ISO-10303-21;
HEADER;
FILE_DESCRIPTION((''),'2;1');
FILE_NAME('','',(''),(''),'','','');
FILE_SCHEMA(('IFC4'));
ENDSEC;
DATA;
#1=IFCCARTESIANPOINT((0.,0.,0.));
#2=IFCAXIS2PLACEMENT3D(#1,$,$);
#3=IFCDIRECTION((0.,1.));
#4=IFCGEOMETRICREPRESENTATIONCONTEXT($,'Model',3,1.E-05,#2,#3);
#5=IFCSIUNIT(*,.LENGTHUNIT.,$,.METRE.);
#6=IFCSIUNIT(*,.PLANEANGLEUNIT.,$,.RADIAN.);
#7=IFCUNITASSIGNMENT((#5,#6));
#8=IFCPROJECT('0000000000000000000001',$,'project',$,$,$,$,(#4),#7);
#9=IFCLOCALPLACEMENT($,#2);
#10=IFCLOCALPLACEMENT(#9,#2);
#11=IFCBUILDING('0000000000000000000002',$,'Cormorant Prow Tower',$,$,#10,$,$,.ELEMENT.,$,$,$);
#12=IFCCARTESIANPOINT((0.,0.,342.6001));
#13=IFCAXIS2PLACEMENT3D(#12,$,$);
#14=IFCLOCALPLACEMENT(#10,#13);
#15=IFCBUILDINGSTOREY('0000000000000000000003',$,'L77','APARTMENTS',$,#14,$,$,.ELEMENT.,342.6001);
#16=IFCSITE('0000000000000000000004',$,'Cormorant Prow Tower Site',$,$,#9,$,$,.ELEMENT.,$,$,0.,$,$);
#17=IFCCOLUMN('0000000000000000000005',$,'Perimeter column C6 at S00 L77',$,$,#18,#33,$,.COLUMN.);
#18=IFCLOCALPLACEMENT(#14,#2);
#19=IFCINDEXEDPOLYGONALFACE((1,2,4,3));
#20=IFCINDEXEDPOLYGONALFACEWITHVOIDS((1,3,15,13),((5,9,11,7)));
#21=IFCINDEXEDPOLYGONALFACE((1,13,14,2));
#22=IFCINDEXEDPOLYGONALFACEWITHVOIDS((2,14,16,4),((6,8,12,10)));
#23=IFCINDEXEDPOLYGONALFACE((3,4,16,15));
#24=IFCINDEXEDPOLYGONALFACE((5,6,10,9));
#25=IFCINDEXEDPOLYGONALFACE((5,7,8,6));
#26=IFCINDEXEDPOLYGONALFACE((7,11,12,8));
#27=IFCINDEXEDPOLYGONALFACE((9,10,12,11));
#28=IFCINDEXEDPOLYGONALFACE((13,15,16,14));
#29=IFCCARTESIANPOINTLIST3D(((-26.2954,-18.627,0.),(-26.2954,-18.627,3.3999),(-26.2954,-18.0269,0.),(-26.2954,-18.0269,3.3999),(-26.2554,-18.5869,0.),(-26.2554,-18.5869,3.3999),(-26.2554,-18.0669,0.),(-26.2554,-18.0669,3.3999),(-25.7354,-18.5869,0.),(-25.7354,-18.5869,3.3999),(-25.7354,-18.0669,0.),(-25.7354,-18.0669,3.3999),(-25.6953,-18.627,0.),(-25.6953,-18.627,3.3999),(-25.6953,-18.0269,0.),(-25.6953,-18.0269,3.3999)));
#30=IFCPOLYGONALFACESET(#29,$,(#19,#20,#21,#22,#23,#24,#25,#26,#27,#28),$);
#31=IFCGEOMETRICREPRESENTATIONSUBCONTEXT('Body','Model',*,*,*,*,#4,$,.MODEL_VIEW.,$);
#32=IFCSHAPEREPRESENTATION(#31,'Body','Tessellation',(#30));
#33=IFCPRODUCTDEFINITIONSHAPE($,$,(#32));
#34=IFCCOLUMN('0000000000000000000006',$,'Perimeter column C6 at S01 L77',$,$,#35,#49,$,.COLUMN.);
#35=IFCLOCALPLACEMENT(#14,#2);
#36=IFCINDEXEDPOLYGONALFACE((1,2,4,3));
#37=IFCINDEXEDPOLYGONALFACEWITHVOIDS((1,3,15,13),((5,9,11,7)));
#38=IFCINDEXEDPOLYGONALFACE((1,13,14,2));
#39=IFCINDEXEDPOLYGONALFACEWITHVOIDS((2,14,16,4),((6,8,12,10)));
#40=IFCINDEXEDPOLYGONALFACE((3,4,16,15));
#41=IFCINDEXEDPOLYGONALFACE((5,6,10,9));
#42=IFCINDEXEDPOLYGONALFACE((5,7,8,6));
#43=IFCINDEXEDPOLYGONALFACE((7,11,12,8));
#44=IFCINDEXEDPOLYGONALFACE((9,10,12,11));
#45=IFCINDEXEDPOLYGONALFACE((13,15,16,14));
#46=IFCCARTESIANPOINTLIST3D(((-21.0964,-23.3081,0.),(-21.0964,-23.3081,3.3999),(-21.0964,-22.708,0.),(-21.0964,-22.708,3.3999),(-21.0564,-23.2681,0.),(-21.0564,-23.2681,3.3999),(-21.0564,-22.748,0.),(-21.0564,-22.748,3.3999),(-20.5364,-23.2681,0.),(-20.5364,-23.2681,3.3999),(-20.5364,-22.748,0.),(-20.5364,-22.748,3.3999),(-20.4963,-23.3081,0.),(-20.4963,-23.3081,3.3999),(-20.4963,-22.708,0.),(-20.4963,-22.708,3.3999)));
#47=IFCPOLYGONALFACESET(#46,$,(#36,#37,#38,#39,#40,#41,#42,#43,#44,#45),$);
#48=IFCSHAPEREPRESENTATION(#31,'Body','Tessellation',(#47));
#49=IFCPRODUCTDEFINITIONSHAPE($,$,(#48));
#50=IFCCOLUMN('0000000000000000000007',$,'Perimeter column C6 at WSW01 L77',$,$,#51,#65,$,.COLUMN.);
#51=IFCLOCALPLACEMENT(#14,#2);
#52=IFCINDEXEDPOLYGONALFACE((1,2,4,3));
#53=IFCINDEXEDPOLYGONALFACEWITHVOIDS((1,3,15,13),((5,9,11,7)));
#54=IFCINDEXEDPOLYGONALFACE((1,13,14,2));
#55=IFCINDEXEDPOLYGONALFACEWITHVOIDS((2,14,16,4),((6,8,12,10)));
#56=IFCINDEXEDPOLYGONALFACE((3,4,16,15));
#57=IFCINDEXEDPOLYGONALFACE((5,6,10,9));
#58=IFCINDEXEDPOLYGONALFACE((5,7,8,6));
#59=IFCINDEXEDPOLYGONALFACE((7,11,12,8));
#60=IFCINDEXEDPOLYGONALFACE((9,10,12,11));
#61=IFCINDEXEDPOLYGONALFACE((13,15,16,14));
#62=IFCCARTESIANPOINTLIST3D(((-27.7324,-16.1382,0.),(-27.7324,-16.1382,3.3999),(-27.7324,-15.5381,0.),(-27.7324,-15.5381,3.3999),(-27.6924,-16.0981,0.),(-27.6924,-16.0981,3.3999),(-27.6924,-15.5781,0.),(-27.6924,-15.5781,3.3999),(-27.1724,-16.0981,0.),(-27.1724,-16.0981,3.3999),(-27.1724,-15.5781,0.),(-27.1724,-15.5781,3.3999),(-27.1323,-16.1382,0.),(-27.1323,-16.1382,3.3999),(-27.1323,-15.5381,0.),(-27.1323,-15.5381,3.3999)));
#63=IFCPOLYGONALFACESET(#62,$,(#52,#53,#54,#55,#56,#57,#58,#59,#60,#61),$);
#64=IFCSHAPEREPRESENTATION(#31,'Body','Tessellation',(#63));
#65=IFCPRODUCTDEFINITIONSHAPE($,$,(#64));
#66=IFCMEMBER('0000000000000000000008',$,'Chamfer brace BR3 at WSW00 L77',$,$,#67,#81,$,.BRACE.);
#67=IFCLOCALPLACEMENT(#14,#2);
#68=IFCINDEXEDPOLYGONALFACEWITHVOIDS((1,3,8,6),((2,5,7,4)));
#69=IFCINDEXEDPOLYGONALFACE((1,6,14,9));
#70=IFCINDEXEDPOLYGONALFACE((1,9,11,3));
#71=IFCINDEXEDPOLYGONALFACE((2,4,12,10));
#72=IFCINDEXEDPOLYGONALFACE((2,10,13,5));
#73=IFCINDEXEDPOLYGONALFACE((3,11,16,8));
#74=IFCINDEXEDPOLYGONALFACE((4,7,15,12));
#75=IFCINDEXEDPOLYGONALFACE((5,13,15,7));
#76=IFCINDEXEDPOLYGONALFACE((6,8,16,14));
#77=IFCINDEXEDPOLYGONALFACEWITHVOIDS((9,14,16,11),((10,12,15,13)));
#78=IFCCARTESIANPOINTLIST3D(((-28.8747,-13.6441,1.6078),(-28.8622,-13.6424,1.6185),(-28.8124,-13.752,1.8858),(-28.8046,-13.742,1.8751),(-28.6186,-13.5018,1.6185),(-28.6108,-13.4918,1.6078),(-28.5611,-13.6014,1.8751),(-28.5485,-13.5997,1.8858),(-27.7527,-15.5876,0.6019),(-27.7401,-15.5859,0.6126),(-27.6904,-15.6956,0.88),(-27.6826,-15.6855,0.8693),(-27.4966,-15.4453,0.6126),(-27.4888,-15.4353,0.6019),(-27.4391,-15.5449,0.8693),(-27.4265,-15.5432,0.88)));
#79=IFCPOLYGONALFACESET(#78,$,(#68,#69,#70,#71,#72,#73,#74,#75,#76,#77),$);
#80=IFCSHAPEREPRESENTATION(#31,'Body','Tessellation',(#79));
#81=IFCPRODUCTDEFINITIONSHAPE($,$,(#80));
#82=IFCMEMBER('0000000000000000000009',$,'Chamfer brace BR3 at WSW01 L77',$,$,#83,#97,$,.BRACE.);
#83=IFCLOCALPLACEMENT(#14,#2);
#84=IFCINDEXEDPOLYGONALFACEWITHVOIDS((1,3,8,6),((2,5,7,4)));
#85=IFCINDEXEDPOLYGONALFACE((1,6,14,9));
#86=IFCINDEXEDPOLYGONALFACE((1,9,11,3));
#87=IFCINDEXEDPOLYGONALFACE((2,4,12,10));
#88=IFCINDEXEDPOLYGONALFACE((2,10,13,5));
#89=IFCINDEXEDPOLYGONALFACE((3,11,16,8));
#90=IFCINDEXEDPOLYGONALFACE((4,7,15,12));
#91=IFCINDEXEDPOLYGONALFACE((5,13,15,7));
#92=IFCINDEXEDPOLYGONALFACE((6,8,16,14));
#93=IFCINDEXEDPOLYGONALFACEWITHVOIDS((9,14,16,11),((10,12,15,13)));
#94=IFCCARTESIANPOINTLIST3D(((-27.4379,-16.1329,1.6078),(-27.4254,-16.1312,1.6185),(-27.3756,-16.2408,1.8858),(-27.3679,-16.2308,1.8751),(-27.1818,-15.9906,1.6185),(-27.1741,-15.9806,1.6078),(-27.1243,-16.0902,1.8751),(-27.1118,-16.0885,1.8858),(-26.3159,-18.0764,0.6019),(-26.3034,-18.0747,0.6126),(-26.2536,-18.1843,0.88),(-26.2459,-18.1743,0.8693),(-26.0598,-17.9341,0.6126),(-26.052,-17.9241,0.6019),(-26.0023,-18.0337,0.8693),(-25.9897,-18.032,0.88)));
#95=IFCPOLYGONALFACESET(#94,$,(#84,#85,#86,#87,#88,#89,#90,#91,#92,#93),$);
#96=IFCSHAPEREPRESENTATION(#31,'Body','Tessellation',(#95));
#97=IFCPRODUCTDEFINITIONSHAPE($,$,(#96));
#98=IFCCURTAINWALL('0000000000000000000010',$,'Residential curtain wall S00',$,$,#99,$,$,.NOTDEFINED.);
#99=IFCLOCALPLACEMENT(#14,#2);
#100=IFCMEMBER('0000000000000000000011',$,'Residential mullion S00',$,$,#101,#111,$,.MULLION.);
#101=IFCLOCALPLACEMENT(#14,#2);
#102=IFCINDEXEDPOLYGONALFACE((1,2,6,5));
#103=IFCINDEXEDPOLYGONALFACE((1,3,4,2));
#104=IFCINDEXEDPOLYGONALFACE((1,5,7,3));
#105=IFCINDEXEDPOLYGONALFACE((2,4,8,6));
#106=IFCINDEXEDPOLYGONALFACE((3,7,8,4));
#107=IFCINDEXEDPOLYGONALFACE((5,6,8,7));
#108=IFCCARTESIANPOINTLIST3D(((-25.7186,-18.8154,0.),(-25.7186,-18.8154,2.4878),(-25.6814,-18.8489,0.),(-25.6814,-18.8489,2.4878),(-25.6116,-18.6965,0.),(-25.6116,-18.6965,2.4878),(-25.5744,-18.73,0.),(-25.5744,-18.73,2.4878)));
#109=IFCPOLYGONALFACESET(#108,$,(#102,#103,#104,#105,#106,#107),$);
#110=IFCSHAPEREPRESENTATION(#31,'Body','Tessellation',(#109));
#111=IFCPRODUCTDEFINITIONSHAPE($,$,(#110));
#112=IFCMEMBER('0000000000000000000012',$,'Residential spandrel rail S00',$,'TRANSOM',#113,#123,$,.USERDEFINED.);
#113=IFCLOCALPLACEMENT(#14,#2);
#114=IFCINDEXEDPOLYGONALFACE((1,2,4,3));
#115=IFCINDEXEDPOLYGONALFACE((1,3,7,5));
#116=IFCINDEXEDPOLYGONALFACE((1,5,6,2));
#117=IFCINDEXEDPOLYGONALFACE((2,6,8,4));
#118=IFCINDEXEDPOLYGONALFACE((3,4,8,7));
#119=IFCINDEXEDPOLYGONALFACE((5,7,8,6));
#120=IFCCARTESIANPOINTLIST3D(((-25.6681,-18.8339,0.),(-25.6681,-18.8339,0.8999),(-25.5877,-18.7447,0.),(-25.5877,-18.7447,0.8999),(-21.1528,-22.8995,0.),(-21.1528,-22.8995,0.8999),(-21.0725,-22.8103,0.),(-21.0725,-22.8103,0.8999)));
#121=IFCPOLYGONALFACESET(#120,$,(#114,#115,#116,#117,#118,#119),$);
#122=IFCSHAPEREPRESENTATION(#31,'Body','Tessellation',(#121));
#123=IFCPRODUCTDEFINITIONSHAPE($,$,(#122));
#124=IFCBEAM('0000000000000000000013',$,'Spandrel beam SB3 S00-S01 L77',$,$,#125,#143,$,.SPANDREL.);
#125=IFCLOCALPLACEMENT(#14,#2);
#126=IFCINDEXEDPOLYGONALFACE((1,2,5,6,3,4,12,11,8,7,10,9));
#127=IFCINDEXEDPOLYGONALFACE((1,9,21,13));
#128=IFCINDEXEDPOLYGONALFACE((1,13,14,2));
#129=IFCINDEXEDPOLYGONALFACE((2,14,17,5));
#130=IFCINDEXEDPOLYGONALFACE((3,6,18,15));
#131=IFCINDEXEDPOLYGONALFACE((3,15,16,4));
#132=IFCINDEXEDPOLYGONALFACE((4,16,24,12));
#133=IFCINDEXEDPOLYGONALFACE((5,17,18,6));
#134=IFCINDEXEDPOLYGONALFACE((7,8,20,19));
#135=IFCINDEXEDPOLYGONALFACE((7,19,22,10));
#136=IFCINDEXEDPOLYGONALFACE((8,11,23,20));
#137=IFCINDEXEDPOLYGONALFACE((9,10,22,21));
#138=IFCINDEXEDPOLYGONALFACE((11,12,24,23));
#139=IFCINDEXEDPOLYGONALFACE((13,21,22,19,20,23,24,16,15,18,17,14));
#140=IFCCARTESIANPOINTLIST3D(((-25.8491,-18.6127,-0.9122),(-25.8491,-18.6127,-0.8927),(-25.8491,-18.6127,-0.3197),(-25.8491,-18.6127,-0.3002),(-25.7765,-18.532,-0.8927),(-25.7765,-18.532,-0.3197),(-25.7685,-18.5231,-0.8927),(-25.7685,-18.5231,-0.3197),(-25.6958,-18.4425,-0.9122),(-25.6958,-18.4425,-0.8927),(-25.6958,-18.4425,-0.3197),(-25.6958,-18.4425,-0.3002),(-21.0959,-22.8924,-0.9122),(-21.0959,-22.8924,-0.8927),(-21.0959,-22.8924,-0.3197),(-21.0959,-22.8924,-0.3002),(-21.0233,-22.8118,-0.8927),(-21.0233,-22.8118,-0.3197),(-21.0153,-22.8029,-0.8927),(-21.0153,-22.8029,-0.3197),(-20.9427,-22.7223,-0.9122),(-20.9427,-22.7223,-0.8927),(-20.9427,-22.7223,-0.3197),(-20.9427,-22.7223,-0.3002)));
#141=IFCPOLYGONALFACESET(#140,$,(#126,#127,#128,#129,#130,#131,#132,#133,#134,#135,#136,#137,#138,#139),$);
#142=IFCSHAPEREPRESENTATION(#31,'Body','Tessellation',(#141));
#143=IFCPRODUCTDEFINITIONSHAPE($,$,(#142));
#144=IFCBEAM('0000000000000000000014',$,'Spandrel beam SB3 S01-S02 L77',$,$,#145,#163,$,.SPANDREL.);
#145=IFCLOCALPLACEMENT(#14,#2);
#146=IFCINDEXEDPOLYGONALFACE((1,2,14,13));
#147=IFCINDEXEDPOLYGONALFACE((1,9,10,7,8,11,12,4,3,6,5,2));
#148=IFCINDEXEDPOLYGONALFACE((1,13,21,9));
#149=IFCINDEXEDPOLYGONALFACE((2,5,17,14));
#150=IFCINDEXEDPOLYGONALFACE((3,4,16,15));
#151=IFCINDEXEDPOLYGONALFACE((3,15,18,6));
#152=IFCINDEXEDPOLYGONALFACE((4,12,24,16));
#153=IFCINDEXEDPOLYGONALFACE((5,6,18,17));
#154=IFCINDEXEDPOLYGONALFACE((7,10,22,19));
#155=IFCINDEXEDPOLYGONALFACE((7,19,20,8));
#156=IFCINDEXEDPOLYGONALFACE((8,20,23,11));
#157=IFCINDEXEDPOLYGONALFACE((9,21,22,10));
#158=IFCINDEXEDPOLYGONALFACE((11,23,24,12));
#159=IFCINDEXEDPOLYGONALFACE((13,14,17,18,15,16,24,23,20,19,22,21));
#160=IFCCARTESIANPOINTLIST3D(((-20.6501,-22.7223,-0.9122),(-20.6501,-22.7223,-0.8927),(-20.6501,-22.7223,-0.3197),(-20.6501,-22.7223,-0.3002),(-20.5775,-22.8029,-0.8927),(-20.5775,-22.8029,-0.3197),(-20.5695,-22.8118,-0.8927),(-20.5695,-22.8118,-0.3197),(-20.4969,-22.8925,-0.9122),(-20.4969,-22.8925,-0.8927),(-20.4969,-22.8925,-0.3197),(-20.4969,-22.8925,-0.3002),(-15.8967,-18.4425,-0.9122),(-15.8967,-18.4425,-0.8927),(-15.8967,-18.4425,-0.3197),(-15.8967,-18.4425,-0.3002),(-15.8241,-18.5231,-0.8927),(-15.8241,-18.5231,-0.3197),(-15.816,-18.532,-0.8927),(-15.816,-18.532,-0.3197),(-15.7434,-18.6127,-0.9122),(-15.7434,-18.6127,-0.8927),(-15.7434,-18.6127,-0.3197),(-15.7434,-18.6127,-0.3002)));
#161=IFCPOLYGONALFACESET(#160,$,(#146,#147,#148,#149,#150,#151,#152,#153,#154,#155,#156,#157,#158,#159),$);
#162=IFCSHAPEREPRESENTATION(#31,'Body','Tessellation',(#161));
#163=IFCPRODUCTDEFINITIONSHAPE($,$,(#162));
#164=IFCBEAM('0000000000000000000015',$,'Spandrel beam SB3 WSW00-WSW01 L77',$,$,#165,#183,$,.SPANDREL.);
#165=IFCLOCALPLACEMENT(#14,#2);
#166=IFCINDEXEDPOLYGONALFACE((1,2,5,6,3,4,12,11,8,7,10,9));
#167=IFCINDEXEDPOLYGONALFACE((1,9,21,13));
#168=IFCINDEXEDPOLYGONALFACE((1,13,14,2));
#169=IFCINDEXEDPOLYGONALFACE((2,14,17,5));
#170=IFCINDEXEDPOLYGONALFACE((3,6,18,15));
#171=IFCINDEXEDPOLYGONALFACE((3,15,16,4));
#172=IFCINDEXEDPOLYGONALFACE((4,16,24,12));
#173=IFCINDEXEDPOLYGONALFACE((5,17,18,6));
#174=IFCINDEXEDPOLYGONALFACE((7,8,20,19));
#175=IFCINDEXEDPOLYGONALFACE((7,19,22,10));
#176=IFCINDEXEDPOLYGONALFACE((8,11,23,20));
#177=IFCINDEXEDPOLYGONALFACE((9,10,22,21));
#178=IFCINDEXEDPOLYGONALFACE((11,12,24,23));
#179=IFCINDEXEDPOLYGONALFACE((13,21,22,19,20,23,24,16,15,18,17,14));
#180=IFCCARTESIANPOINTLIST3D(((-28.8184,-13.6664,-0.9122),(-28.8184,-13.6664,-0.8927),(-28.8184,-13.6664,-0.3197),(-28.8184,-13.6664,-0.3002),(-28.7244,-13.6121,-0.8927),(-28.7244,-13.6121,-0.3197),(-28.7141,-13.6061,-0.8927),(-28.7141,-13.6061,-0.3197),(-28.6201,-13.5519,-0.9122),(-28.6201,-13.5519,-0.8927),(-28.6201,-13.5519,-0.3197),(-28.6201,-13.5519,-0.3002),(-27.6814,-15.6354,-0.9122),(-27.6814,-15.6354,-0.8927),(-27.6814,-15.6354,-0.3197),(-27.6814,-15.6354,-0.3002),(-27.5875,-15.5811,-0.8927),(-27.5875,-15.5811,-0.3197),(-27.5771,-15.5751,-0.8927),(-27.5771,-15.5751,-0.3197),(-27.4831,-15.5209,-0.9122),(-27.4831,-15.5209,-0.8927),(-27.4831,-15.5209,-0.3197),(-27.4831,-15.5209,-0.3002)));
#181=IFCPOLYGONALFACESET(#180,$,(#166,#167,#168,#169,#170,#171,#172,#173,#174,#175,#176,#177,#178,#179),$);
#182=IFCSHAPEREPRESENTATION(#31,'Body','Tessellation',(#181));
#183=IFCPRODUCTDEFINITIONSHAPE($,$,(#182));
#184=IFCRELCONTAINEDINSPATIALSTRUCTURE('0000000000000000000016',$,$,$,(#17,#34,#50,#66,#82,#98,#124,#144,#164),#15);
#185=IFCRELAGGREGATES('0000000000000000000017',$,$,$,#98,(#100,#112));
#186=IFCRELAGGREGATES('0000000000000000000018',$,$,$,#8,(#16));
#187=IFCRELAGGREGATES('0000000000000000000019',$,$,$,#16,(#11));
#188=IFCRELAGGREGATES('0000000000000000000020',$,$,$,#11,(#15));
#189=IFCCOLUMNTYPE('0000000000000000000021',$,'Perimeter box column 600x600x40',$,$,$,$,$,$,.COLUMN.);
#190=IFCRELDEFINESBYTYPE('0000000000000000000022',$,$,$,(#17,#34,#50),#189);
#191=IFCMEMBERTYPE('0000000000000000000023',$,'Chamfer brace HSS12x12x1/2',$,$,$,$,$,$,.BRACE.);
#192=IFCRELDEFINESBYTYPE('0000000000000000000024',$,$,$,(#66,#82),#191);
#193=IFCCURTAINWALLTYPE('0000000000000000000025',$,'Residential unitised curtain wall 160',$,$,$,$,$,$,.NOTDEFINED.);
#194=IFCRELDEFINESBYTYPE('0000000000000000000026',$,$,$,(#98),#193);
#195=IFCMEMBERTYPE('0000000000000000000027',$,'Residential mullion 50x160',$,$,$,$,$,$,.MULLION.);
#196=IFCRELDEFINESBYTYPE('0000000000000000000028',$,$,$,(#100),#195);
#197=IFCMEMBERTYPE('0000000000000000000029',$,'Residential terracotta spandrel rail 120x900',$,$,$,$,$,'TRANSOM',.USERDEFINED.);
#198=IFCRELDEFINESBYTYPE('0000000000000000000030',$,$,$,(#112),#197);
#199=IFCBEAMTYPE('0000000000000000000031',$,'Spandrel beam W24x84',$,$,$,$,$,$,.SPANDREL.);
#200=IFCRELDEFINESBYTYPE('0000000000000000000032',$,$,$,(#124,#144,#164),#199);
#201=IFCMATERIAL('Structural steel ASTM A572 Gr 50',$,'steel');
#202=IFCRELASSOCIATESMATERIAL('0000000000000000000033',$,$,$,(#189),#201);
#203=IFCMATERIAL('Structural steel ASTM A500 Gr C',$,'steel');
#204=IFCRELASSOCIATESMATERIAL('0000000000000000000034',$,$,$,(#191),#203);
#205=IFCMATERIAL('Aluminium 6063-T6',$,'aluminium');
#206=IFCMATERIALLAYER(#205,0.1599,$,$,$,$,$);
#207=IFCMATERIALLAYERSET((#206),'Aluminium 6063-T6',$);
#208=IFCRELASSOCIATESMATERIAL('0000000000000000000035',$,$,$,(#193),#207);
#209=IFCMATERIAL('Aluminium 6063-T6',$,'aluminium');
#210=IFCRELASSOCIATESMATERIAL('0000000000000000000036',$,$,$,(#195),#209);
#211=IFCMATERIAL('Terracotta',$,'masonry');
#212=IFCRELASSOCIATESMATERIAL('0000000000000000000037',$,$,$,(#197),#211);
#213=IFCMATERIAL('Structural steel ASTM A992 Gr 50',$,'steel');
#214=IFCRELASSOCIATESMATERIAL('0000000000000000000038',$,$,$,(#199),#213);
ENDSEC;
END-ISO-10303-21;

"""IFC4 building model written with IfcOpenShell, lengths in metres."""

from ifc_helpers import new_model, si_unit, direction, frame, origin, origin_2d, place, context, subcontext, project, spatial, rectangle, hollow_rectangle, i_section, extrude, material, layer, layer_set, material_profile, profile_set, type_object, element, aggregate, save


model = new_model("IFC4")

# Units and contexts
model_context = context("Model", 3, precision=1e-05, world=origin(), true_north=direction((0.0, 1.0)))
body_context = subcontext(model_context, "Body", "Model", "MODEL_VIEW")
ifc_project = project(units=[si_unit("LENGTHUNIT", "METRE"), si_unit("PLANEANGLEUNIT", "RADIAN")], contexts=[model_context])

# Site, building, storey
site_placement = place(None, origin())
site = spatial("IfcSite", under=ifc_project, at=site_placement, Name="Cormorant Prow Tower Site", CompositionType="ELEMENT", RefElevation=0.0)
building_placement = place(site_placement, origin())
building = spatial("IfcBuilding", under=site, at=building_placement, Name="Cormorant Prow Tower", CompositionType="ELEMENT")
storey_placement = place(building_placement, frame((0.0, 0.0, 342.6001)))
storey = spatial("IfcBuildingStorey", under=building, at=storey_placement, Name="L77", Description="APARTMENTS", CompositionType="ELEMENT", Elevation=342.6001)

# Columns
ifc_material_1 = material(Name="Structural steel ASTM A572 Gr 50", Category="steel")
ifc_material_profile_1 = material_profile(ifc_material_1, hollow_rectangle(XDim=0.6001, YDim=0.6001, WallThickness=0.04, at=origin_2d()), Name="Box 600x600x40")
ifc_profile_set_1 = profile_set([ifc_material_profile_1], Name="Structural steel ASTM A572 Gr 50")
column_type = type_object("IfcColumnType", Name="Perimeter box column 600x600x40", PredefinedType="COLUMN", material=ifc_profile_set_1)
for number, where, z_axis, x_axis, name in (
    (1, (-25.9954, -18.3269, 0.0), (0.0, 0.0, 1.0), (1.0, 0.0, 0.0), "Perimeter column C6 at S00 L77"),
    (2, (-20.7964, -23.0081, 0.0), (0.0, 0.0, 1.0), (1.0, 0.0, 0.0), "Perimeter column C6 at S01 L77"),
    (3, (-27.4324, -15.8381, 0.0), (0.0, 0.0, 1.0), (1.0, 0.0, 0.0), "Perimeter column C6 at WSW01 L77"),
):
    element("IfcColumn", number, at=place(storey_placement, frame(where, z_axis=z_axis, x_axis=x_axis)), inside=storey, type_object=column_type, Name=name, PredefinedType="COLUMN", context=body_context, shape_type="SweptSolid", body=[
        extrude(hollow_rectangle(XDim=0.6001, YDim=0.6001, WallThickness=0.04, at=origin_2d()), origin(), (0.0, 0.0, 1.0), 3.3999),
    ])

# Members
ifc_material_2 = material(Name="Structural steel ASTM A500 Gr C", Category="steel")
ifc_material_profile_2 = material_profile(ifc_material_2, hollow_rectangle(XDim=0.3047, YDim=0.3047, WallThickness=0.0117, at=origin_2d()), Name="HSS12x12x1/2")
ifc_profile_set_2 = profile_set([ifc_material_profile_2], Name="Structural steel ASTM A500 Gr C")
member_type_1 = type_object("IfcMemberType", Name="Chamfer brace HSS12x12x1/2", PredefinedType="BRACE", material=ifc_profile_set_2)
for number, where, z_axis, x_axis, name in (
    (4, (-27.5896, -15.5654, 0.741), (-0.456247, 0.790292, 0.408994), (-0.866039, -0.499977, 0.0), "Chamfer brace BR3 at WSW00 L77"),
    (5, (-26.1528, -18.0542, 0.741), (-0.456247, 0.790292, 0.408994), (-0.866039, -0.499977, 0.0), "Chamfer brace BR3 at WSW01 L77"),
):
    element("IfcMember", number, at=place(storey_placement, frame(where, z_axis=z_axis, x_axis=x_axis)), inside=storey, type_object=member_type_1, Name=name, PredefinedType="BRACE", context=body_context, shape_type="SweptSolid", body=[
        extrude(hollow_rectangle(XDim=0.3047, YDim=0.3047, WallThickness=0.0117, at=origin_2d()), origin(), (0.0, 0.0, 1.0), 2.4592),
    ])

# Curtain wall, members
ifc_material_3 = material(Name="Aluminium 6063-T6", Category="aluminium")
ifc_layer_1 = layer(ifc_material_3, 0.1599)
ifc_layer_set_1 = layer_set([ifc_layer_1], Name="Aluminium 6063-T6")
curtain_wall_type = type_object("IfcCurtainWallType", Name="Residential unitised curtain wall 160", PredefinedType="NOTDEFINED", material=ifc_layer_set_1)
curtain_wall_placement = place(storey_placement, origin())
curtain_wall = element("IfcCurtainWall", 6, at=curtain_wall_placement, inside=storey, type_object=curtain_wall_type, Name="Residential curtain wall S00", PredefinedType="NOTDEFINED")
ifc_material_4 = material(Name="Aluminium 6063-T6", Category="aluminium")
ifc_material_profile_3 = material_profile(ifc_material_4, rectangle(XDim=0.1599, YDim=0.05, at=origin_2d()), Name="Residential mullion 50x160")
ifc_profile_set_3 = profile_set([ifc_material_profile_3], Name="Aluminium 6063-T6")
member_type_2 = type_object("IfcMemberType", Name="Residential mullion 50x160", PredefinedType="MULLION", material=ifc_profile_set_3)
member_1_placement = place(storey_placement, frame((-25.6465, -18.7727, 0.0), z_axis=(0.0, 0.0, 1.0), x_axis=(0.669131, 0.743145, 0.0)))
member_1 = element("IfcMember", 7, at=member_1_placement, type_object=member_type_2, Name="Residential mullion S00", PredefinedType="MULLION", context=body_context, shape_type="SweptSolid", body=[
    extrude(rectangle(XDim=0.1599, YDim=0.05, at=origin_2d()), origin(), (0.0, 0.0, 1.0), 2.4878),
])
ifc_material_5 = material(Name="Terracotta", Category="masonry")
ifc_material_profile_4 = material_profile(ifc_material_5, rectangle(XDim=0.1201, YDim=0.8999, at=origin_2d()), Name="Residential terracotta spandrel rail 120x900")
ifc_profile_set_4 = profile_set([ifc_material_profile_4], Name="Terracotta")
member_type_3 = type_object("IfcMemberType", Name="Residential terracotta spandrel rail 120x900", ElementType="TRANSOM", PredefinedType="USERDEFINED", material=ifc_profile_set_4)
member_2_placement = place(storey_placement, frame((-25.6279, -18.7893, 0.45), z_axis=(0.743144, -0.669131, 0.0), x_axis=(0.669131, 0.743144, 0.0)))
member_2 = element("IfcMember", 8, at=member_2_placement, type_object=member_type_3, Name="Residential spandrel rail S00", ObjectType="TRANSOM", PredefinedType="USERDEFINED", context=body_context, shape_type="SweptSolid", body=[
    extrude(rectangle(XDim=0.1201, YDim=0.8999, at=origin_2d()), origin(), (0.0, 0.0, 1.0), 6.0759),
])

# Beams
ifc_material_6 = material(Name="Structural steel ASTM A992 Gr 50", Category="steel")
ifc_material_profile_5 = material_profile(ifc_material_6, i_section(OverallWidth=0.229, OverallDepth=0.6121, WebThickness=0.012, FlangeThickness=0.0195, at=origin_2d()), Name="W24x84")
ifc_profile_set_5 = profile_set([ifc_material_profile_5], Name="Structural steel ASTM A992 Gr 50")
beam_type = type_object("IfcBeamType", Name="Spandrel beam W24x84", PredefinedType="SPANDREL", material=ifc_profile_set_5)
beam_1_placement = place(storey_placement, frame((-25.7725, -18.5276, -0.6062), z_axis=(0.743144, -0.669131, 0.0), x_axis=(0.669131, 0.743144, 0.0)))
element("IfcBeam", 9, at=beam_1_placement, inside=storey, type_object=beam_type, Name="Spandrel beam SB3 S00-S01 L77", PredefinedType="SPANDREL", context=body_context, shape_type="SweptSolid", body=[
    extrude(i_section(OverallWidth=0.229, OverallDepth=0.6121, WebThickness=0.012, FlangeThickness=0.0195, at=origin_2d()), origin(), (0.0, 0.0, 1.0), 6.396),
])
beam_2_placement = place(storey_placement, frame((-20.5735, -22.8074, -0.6062), z_axis=(0.743161, 0.669112, 0.0), x_axis=(-0.669112, 0.743161, 0.0)))
element("IfcBeam", 10, at=beam_2_placement, inside=storey, type_object=beam_type, Name="Spandrel beam SB3 S01-S02 L77", PredefinedType="SPANDREL", context=body_context, shape_type="SweptSolid", body=[
    extrude(i_section(OverallWidth=0.229, OverallDepth=0.6121, WebThickness=0.012, FlangeThickness=0.0195, at=origin_2d()), origin(), (0.0, 0.0, 1.0), 6.3962),
])
beam_3_placement = place(storey_placement, frame((-28.7192, -13.6091, -0.6062), z_axis=(0.500054, -0.865994, 0.0), x_axis=(0.865994, 0.500054, 0.0)))
element("IfcBeam", 11, at=beam_3_placement, inside=storey, type_object=beam_type, Name="Spandrel beam SB3 WSW00-WSW01 L77", PredefinedType="SPANDREL", context=body_context, shape_type="SweptSolid", body=[
    extrude(i_section(OverallWidth=0.229, OverallDepth=0.6121, WebThickness=0.012, FlangeThickness=0.0195, at=origin_2d()), origin(), (0.0, 0.0, 1.0), 2.2737),
])

aggregate(curtain_wall, [member_1, member_2])

save(model, "model.ifc")
